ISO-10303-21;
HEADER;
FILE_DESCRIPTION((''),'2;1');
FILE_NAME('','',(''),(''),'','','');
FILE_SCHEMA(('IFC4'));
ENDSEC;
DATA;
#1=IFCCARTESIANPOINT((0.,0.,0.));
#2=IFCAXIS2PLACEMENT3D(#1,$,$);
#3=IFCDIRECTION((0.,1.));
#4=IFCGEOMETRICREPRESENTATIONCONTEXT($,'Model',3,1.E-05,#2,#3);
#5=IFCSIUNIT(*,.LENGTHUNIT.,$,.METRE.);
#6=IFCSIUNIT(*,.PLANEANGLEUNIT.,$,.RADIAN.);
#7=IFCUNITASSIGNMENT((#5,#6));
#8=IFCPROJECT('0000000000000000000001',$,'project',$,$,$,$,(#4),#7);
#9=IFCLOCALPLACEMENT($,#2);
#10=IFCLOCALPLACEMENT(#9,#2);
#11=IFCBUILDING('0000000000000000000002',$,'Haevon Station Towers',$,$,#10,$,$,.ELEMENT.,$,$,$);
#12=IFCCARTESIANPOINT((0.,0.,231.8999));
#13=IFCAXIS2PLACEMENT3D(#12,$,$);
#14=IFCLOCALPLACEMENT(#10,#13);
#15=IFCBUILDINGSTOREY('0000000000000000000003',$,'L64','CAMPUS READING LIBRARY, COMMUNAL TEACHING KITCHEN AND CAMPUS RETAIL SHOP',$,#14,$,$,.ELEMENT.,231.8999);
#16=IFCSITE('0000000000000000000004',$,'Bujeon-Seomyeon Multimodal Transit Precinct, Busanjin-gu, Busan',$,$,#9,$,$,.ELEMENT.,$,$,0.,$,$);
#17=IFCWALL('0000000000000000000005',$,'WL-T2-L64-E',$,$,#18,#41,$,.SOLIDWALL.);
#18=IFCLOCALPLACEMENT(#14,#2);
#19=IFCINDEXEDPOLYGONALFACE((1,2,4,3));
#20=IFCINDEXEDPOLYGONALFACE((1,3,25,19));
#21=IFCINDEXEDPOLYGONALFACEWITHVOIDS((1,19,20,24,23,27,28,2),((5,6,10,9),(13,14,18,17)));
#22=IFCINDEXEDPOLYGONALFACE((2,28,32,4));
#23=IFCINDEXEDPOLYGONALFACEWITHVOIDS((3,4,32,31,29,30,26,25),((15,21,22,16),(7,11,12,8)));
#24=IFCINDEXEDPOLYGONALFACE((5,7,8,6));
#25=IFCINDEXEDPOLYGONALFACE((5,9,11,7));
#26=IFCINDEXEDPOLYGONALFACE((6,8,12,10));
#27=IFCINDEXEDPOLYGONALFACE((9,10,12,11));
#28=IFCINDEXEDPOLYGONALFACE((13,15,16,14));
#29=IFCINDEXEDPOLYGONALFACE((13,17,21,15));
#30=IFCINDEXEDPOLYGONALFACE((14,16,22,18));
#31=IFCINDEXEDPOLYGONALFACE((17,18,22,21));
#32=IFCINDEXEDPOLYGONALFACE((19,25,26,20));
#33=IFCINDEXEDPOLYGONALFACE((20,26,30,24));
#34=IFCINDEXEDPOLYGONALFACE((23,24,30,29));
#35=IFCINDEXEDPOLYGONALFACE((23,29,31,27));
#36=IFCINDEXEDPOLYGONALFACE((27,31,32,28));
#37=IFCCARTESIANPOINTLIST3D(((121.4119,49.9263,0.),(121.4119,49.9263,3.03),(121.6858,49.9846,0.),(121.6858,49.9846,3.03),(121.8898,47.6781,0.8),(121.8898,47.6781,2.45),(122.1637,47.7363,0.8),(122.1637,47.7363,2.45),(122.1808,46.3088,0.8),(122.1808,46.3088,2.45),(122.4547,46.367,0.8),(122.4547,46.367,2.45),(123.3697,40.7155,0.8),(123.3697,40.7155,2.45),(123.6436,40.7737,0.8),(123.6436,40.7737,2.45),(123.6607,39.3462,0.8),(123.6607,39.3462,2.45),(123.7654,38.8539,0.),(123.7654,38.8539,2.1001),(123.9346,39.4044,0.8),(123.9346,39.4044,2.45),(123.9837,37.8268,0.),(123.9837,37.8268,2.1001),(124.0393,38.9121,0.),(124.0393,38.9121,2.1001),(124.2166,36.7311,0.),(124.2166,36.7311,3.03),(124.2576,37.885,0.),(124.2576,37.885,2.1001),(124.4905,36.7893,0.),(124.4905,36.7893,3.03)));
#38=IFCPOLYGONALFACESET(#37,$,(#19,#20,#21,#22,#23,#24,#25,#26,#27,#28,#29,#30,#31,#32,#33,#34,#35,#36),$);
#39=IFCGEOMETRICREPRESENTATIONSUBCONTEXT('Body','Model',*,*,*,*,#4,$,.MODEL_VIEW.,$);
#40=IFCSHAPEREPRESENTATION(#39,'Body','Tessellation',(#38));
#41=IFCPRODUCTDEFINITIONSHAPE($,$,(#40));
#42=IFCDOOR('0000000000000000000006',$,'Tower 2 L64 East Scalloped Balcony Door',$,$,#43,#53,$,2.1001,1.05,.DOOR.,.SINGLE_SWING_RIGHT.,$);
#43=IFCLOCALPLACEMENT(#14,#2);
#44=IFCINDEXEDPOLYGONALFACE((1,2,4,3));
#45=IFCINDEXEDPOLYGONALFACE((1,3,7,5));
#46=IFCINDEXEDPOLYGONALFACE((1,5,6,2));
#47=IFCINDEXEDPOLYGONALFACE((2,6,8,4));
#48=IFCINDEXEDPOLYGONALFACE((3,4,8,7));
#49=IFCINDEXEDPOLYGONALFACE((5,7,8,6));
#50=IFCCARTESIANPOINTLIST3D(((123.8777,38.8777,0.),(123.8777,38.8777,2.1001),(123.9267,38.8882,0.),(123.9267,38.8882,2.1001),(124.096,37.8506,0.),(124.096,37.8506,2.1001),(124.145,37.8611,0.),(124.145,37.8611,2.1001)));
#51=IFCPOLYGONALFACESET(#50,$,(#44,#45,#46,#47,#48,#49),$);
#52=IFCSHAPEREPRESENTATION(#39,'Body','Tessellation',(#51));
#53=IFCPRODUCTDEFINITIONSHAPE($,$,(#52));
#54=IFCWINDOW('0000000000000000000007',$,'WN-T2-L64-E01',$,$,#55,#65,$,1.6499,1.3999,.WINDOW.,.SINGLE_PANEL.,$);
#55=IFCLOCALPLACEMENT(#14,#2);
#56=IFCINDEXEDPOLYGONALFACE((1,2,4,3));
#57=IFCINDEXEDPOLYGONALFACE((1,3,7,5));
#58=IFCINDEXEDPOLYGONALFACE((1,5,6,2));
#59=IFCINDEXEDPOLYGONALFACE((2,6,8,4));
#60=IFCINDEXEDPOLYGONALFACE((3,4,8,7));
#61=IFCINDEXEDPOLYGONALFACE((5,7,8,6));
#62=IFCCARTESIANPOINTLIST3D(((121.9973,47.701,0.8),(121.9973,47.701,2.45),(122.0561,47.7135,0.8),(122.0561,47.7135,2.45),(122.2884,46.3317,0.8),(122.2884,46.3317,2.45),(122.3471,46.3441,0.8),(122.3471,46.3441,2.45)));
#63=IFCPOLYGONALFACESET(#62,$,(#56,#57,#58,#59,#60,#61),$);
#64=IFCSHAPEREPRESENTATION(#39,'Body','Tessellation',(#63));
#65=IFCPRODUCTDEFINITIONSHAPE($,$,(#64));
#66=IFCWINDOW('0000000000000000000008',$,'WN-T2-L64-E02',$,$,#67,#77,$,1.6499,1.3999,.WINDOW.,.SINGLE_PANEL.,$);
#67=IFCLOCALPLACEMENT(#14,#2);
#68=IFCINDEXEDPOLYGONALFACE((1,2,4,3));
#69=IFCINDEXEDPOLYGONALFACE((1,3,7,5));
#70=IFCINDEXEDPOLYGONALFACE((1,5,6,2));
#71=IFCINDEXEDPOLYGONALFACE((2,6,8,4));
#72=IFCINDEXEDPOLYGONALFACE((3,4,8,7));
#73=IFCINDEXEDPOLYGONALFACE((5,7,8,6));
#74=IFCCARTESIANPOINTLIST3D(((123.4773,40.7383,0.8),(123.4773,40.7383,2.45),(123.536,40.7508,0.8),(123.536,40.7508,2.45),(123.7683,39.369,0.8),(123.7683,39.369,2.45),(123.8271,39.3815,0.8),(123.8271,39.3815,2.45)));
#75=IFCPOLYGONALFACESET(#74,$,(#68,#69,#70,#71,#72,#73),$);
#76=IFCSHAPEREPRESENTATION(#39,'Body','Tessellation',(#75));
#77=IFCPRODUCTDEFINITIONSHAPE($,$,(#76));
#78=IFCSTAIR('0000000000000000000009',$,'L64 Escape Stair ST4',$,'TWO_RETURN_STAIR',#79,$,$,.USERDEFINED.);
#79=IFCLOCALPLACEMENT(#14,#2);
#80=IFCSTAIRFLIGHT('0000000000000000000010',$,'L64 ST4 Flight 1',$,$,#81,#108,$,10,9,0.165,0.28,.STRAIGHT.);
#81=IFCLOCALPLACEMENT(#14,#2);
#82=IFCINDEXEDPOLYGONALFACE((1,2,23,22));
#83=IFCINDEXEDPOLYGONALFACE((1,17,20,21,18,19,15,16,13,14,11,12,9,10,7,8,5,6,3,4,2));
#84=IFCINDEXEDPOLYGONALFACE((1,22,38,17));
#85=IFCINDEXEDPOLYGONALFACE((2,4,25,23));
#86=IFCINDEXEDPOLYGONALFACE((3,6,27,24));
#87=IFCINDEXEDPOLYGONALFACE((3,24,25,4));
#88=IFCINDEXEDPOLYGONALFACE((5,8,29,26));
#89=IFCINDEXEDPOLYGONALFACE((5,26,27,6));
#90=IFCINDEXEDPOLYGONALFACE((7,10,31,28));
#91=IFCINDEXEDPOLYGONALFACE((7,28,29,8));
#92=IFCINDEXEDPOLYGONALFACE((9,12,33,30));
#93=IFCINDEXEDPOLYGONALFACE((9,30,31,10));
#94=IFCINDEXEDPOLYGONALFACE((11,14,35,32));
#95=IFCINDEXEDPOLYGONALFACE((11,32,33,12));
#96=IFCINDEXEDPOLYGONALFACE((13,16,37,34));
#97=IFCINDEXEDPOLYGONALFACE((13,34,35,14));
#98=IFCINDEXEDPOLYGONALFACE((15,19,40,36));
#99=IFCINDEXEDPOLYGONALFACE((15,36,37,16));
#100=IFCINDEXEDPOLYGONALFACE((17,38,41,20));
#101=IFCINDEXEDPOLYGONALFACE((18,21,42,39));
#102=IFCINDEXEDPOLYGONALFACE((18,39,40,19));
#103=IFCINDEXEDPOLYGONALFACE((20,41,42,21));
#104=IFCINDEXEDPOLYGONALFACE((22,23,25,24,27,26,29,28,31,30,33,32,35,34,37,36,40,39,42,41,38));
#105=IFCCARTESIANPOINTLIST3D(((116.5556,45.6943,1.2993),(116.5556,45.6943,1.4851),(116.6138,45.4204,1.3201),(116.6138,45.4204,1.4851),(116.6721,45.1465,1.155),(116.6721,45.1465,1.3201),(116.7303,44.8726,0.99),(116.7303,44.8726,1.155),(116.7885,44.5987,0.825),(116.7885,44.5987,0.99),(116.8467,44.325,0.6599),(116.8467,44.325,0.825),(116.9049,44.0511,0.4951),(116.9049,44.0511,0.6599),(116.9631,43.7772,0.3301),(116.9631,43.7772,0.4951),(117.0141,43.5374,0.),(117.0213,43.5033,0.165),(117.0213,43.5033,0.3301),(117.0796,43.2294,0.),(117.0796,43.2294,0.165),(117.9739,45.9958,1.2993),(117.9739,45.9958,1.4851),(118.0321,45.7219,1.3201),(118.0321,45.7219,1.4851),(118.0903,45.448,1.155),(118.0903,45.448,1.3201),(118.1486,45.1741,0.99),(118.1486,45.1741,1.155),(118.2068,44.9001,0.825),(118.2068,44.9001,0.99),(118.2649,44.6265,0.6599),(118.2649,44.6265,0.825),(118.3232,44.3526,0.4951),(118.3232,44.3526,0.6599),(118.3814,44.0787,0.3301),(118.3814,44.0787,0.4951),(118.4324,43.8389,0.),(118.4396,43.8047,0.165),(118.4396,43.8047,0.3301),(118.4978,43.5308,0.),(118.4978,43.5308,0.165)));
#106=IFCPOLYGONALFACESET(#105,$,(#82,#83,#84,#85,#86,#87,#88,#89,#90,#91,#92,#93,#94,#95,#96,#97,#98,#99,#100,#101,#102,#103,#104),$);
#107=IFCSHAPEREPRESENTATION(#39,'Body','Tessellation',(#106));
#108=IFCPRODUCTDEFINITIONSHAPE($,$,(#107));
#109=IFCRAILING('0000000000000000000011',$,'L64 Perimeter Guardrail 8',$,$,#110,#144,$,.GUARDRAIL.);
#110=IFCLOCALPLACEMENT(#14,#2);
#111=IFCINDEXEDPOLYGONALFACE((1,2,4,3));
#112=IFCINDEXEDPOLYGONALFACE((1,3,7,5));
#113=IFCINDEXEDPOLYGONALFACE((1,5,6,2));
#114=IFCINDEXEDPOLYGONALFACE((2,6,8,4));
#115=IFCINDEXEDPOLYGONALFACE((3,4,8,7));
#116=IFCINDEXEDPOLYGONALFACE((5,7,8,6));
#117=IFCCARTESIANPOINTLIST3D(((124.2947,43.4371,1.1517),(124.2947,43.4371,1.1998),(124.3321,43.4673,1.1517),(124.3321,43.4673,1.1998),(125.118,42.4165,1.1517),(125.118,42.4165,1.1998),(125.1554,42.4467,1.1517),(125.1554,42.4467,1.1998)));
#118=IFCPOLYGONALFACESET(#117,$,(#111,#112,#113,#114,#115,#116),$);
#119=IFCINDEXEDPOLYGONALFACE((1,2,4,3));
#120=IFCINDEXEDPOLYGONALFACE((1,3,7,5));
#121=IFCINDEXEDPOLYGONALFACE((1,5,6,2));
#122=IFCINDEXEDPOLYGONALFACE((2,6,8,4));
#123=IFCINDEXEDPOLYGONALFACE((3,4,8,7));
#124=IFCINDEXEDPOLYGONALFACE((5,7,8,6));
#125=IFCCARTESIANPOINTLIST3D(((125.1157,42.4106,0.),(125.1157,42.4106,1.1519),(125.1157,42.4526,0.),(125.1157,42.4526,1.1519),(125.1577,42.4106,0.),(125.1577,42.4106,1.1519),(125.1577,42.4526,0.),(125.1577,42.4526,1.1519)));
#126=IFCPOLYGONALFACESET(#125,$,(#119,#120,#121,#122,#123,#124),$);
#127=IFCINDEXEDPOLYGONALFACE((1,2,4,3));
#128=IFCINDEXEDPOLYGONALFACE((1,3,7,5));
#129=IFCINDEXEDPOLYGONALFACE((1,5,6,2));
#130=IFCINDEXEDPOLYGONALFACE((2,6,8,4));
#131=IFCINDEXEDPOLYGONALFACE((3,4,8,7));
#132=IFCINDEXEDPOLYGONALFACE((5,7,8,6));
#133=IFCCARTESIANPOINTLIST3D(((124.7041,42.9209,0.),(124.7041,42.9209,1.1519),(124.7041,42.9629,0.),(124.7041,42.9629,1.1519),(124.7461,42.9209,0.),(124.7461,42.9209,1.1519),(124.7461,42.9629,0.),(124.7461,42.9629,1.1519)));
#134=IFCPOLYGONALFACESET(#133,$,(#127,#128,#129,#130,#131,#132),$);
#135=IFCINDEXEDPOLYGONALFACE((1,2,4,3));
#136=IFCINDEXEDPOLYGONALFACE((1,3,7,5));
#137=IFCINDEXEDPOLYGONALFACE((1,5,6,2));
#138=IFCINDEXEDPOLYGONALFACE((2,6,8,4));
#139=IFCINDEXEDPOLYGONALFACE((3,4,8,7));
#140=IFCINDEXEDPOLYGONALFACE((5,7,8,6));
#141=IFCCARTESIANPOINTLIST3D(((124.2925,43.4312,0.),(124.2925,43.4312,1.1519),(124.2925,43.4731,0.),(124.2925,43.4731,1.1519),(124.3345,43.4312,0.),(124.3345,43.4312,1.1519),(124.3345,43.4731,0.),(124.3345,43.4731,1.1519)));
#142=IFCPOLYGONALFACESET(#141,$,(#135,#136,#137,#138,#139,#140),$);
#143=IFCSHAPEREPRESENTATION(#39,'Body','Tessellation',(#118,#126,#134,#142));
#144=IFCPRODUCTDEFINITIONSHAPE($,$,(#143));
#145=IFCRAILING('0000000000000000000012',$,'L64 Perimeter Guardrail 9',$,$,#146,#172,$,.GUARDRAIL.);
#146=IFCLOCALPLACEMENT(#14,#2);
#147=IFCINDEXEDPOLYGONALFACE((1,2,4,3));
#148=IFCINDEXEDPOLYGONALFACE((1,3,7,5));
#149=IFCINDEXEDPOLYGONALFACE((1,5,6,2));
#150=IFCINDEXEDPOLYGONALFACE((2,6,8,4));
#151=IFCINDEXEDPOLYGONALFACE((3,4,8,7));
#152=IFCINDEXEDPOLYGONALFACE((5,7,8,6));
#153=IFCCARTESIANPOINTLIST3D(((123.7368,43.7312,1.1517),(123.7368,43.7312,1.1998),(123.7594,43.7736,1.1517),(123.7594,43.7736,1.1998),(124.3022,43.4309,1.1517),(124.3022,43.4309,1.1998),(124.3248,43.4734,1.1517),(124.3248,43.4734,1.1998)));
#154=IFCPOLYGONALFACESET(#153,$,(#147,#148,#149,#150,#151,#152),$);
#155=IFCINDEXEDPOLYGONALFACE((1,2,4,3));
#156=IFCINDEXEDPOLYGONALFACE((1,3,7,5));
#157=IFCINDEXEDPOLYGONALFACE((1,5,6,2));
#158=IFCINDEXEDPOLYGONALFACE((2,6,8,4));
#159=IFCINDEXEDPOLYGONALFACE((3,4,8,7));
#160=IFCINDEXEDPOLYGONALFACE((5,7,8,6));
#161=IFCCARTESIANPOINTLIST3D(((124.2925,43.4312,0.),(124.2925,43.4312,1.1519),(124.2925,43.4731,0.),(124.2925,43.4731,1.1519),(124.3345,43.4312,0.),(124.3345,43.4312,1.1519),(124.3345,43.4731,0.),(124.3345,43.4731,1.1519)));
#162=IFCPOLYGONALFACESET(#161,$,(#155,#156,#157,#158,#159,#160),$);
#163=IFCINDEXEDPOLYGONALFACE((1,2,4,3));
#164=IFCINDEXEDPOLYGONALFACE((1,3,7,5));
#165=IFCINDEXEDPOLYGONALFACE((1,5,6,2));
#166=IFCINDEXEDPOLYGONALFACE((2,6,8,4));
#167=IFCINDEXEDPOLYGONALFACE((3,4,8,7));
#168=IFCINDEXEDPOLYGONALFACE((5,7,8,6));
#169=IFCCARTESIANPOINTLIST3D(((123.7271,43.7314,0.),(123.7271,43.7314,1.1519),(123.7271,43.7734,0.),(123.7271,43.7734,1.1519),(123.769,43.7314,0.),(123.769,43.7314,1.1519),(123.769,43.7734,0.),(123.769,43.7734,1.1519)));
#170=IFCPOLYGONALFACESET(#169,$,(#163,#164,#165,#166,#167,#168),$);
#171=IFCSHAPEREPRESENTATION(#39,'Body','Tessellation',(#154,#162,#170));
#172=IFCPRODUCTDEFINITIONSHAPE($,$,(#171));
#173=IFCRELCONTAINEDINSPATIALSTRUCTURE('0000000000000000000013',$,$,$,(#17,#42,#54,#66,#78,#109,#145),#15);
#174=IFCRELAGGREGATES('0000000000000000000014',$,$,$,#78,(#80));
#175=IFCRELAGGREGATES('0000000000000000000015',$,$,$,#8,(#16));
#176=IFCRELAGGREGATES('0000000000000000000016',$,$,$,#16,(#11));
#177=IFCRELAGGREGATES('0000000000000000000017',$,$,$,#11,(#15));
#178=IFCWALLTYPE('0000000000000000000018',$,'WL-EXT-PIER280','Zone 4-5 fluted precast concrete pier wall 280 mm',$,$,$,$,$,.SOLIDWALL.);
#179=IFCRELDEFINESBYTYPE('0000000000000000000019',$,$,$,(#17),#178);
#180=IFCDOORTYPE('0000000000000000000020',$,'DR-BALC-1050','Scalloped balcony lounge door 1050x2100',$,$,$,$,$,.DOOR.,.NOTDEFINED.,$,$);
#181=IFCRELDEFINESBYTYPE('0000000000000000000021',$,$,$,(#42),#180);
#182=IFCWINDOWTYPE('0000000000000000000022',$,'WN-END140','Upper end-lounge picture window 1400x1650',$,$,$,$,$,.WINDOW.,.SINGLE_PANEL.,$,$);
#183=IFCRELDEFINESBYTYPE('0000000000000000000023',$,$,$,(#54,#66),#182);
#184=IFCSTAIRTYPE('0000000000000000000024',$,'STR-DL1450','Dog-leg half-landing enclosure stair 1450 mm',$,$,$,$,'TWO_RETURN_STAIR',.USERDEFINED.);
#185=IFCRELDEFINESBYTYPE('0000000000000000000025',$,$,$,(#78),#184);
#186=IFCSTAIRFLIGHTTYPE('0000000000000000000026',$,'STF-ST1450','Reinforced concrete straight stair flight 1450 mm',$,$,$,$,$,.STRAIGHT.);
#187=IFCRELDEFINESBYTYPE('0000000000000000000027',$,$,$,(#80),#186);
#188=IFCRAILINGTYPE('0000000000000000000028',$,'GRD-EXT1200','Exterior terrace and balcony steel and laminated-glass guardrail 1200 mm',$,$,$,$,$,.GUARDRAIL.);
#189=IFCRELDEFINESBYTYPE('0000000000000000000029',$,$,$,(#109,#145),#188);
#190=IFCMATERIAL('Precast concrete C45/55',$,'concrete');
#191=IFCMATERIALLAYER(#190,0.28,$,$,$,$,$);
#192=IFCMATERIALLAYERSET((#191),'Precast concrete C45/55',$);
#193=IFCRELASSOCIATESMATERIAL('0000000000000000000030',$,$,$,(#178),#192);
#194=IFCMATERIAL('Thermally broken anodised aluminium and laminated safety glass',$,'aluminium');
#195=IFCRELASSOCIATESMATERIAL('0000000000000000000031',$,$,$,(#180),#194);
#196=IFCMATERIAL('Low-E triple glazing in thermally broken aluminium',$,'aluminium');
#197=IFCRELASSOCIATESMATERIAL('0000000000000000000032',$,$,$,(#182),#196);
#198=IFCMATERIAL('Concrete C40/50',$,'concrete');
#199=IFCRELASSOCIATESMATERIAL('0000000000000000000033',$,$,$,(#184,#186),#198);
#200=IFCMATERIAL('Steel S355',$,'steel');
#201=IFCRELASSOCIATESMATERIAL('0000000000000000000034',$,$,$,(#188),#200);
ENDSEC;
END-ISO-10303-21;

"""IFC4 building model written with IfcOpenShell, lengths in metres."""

from ifc_helpers import new_model, si_unit, direction, frame, frame_2d, origin, origin_2d, place, context, subcontext, project, spatial, polyline, rectangle, outline, extrude, material, layer, layer_set, type_object, element, fill, aggregate, save


model = new_model("IFC4")

# Units and contexts
model_context = context("Model", 3, precision=1e-05, world=origin(), true_north=direction((0.0, 1.0)))
body_context = subcontext(model_context, "Body", "Model", "MODEL_VIEW")
ifc_project = project(units=[si_unit("LENGTHUNIT", "METRE"), si_unit("PLANEANGLEUNIT", "RADIAN")], contexts=[model_context])

# Site, building, storey
site_placement = place(None, origin())
site = spatial("IfcSite", under=ifc_project, at=site_placement, Name="Bujeon-Seomyeon Multimodal Transit Precinct, Busanjin-gu, Busan", CompositionType="ELEMENT", RefElevation=0.0)
building_placement = place(site_placement, origin())
building = spatial("IfcBuilding", under=site, at=building_placement, Name="Haevon Station Towers", CompositionType="ELEMENT")
storey_placement = place(building_placement, frame((0.0, 0.0, 231.8999)))
storey = spatial("IfcBuildingStorey", under=building, at=storey_placement, Name="L64", Description="CAMPUS READING LIBRARY, COMMUNAL TEACHING KITCHEN AND CAMPUS RETAIL SHOP", CompositionType="ELEMENT", Elevation=231.8999)

# Shared definitions
ifc_material_1 = material(Name="Steel S355", Category="steel")

# Shared definitions
ifc_material_2 = material(Name="Precast concrete C45/55", Category="concrete")
ifc_layer_1 = layer(ifc_material_2, 0.28)
ifc_layer_set_1 = layer_set([ifc_layer_1], Name="Precast concrete C45/55")
wall_type = type_object("IfcWallType", Name="WL-EXT-PIER280", Description="Zone 4-5 fluted precast concrete pier wall 280 mm", PredefinedType="SOLIDWALL", material=ifc_layer_set_1)

# Wall, openings, door, windows
wall_1_placement = place(storey_placement, frame((121.5488, 49.9556, 0.0), z_axis=(0.0, 0.0, 1.0), x_axis=(0.207907, -0.978149, 0.0)))
wall_1 = element("IfcWall", 1, at=wall_1_placement, inside=storey, type_object=wall_type, Name="WL-T2-L64-E", PredefinedType="SOLIDWALL", context=body_context, shape_type="SweptSolid", body=[
    extrude(rectangle(XDim=13.49, YDim=0.28, at=frame_2d((6.7451, 0.0))), origin(), (0.0, 0.0, 1.0), 3.03),
])
opening_1_placement = place(wall_1_placement, frame((11.3201, 0.0, 0.0)))
opening_1 = element("IfcOpeningElement", 2, at=opening_1_placement, cuts=wall_1, PredefinedType="OPENING", context=body_context, shape_type="SweptSolid", body=[
    extrude(rectangle(XDim=1.05, YDim=2.1001, at=frame_2d((0.5249, 1.05))), frame((0.0, 0.1499, 0.0), z_axis=(0.0, -1.0, 0.0), x_axis=(1.0, 0.0, 0.0)), (0.0, 0.0, 1.0), 0.3),
])
opening_2_placement = place(wall_1_placement, frame((2.2986, 0.0, 0.8)))
opening_2 = element("IfcOpeningElement", 3, at=opening_2_placement, cuts=wall_1, PredefinedType="OPENING", context=body_context, shape_type="SweptSolid", body=[
    extrude(rectangle(XDim=1.3999, YDim=1.6499, at=frame_2d((0.7, 0.825))), frame((0.0, 0.1499, 0.0), z_axis=(0.0, -1.0, 0.0), x_axis=(1.0, 0.0, 0.0)), (0.0, 0.0, 1.0), 0.3),
])
opening_3_placement = place(wall_1_placement, frame((9.4167, 0.0, 0.8)))
opening_3 = element("IfcOpeningElement", 4, at=opening_3_placement, cuts=wall_1, PredefinedType="OPENING", context=body_context, shape_type="SweptSolid", body=[
    extrude(rectangle(XDim=1.3999, YDim=1.6499, at=frame_2d((0.7, 0.825))), frame((0.0, 0.1499, 0.0), z_axis=(0.0, -1.0, 0.0), x_axis=(1.0, 0.0, 0.0)), (0.0, 0.0, 1.0), 0.3),
])
ifc_material_3 = material(Name="Thermally broken anodised aluminium and laminated safety glass", Category="aluminium")
door_type = type_object("IfcDoorType", Name="DR-BALC-1050", Description="Scalloped balcony lounge door 1050x2100", OperationType="NOTDEFINED", PredefinedType="DOOR", material=ifc_material_3)
door_placement = place(opening_1_placement, origin())
door = element("IfcDoor", 5, at=door_placement, inside=storey, type_object=door_type, Name="Tower 2 L64 East Scalloped Balcony Door", OperationType="SINGLE_SWING_RIGHT", OverallHeight=2.1001, OverallWidth=1.05, PredefinedType="DOOR", context=body_context, shape_type="SweptSolid", body=[
    extrude(rectangle(XDim=1.05, YDim=2.1001, at=frame_2d((0.5249, 1.05))), frame((0.0, 0.0249, 0.0), z_axis=(0.0, -1.0, 0.0), x_axis=(1.0, 0.0, 0.0)), (0.0, 0.0, 1.0), 0.05),
])
fill(opening_1, door)
ifc_material_4 = material(Name="Low-E triple glazing in thermally broken aluminium", Category="aluminium")
window_type = type_object("IfcWindowType", Name="WN-END140", Description="Upper end-lounge picture window 1400x1650", PartitioningType="SINGLE_PANEL", PredefinedType="WINDOW", material=ifc_material_4)
window_1_placement = place(opening_2_placement, origin())
window_1 = element("IfcWindow", 6, at=window_1_placement, inside=storey, type_object=window_type, Name="WN-T2-L64-E01", OverallHeight=1.6499, OverallWidth=1.3999, PartitioningType="SINGLE_PANEL", PredefinedType="WINDOW", context=body_context, shape_type="SweptSolid", body=[
    extrude(rectangle(XDim=1.3999, YDim=1.6499, at=frame_2d((0.7, 0.825))), frame((0.0, 0.03, 0.0), z_axis=(0.0, -1.0, 0.0), x_axis=(1.0, 0.0, 0.0)), (0.0, 0.0, 1.0), 0.0601),
])
fill(opening_2, window_1)
window_2_placement = place(opening_3_placement, origin())
window_2 = element("IfcWindow", 7, at=window_2_placement, inside=storey, type_object=window_type, Name="WN-T2-L64-E02", OverallHeight=1.6499, OverallWidth=1.3999, PartitioningType="SINGLE_PANEL", PredefinedType="WINDOW", context=body_context, shape_type="SweptSolid", body=[
    extrude(rectangle(XDim=1.3999, YDim=1.6499, at=frame_2d((0.7, 0.825))), frame((0.0, 0.03, 0.0), z_axis=(0.0, -1.0, 0.0), x_axis=(1.0, 0.0, 0.0)), (0.0, 0.0, 1.0), 0.0601),
])
fill(opening_3, window_2)

# Stair, stair flight
ifc_material_5 = material(Name="Concrete C40/50", Category="concrete")
stair_type = type_object("IfcStairType", Name="STR-DL1450", Description="Dog-leg half-landing enclosure stair 1450 mm", ElementType="TWO_RETURN_STAIR", PredefinedType="USERDEFINED", material=ifc_material_5)
stair_placement = place(storey_placement, origin())
stair = element("IfcStair", 8, at=stair_placement, inside=storey, type_object=stair_type, Name="L64 Escape Stair ST4", ObjectType="TWO_RETURN_STAIR", PredefinedType="USERDEFINED")
stair_flight_type = type_object("IfcStairFlightType", Name="STF-ST1450", Description="Reinforced concrete straight stair flight 1450 mm", PredefinedType="STRAIGHT", material=ifc_material_5)
stair_flight_placement = place(storey_placement, frame((117.7888, 43.3801, 0.0), z_axis=(0.0, 0.0, 1.0), x_axis=(-0.207912, 0.978148, 0.0)))
stair_flight = element("IfcStairFlight", 9, at=stair_flight_placement, type_object=stair_flight_type, Name="L64 ST4 Flight 1", NumberOfRisers=10, NumberOfTreads=9, PredefinedType="STRAIGHT", RiserHeight=0.165, TreadLength=0.28, context=body_context, shape_type="SweptSolid", body=[
    extrude(outline(polyline([(0.0, 0.0), (0.0, 0.165), (0.28, 0.165), (0.28, 0.3301), (0.5601, 0.3301), (0.5601, 0.4951), (0.8401, 0.4951), (0.8401, 0.6599), (1.1201, 0.6599), (1.1201, 0.825), (1.3999, 0.825), (1.3999, 0.99), (1.6799, 0.99), (1.6799, 1.155), (1.96, 1.155), (1.96, 1.3201), (2.24, 1.3201), (2.24, 1.4851), (2.52, 1.4851), (2.52, 1.6499), (2.52, 1.2993), (0.3149, 0.0), (0.0, 0.0)])), frame((0.0, 0.7251, 0.0), z_axis=(0.0, -1.0, 0.0), x_axis=(1.0, 0.0, 0.0)), (0.0, 0.0, 1.0), 1.45),
])
aggregate(stair, [stair_flight])

# Railings
railing_type_1 = type_object("IfcRailingType", Name="GRD-EXT1200", Description="Exterior terrace and balcony steel and laminated-glass guardrail 1200 mm", PredefinedType="GUARDRAIL", material=ifc_material_1)
railing_1_placement = place(storey_placement, frame((125.1367, 42.4316, 0.0)))
element("IfcRailing", 10, at=railing_1_placement, inside=storey, type_object=railing_type_1, Name="L64 Perimeter Guardrail 8", PredefinedType="GUARDRAIL", context=body_context, shape_type="SweptSolid", body=[
    extrude(rectangle(XDim=0.0481, YDim=0.0481, at=origin_2d()), frame((0.0, 0.0, 1.1758), z_axis=(-0.627869, 0.778319, 0.0), x_axis=(-0.778319, -0.627869, 0.0)), (0.0, 0.0, 1.0), 1.3113),
    extrude(rectangle(XDim=0.042, YDim=0.042, at=origin_2d()), origin(), (0.0, 0.0, 1.0), 1.1519),
    extrude(rectangle(XDim=0.042, YDim=0.042, at=origin_2d()), frame((-0.4116, 0.5103, 0.0)), (0.0, 0.0, 1.0), 1.1519),
    extrude(rectangle(XDim=0.042, YDim=0.042, at=origin_2d()), frame((-0.8232, 1.0205, 0.0)), (0.0, 0.0, 1.0), 1.1519),
])
railing_2_placement = place(storey_placement, frame((124.3135, 43.4521, 0.0)))
element("IfcRailing", 11, at=railing_2_placement, inside=storey, type_object=railing_type_1, Name="L64 Perimeter Guardrail 9", PredefinedType="GUARDRAIL", context=body_context, shape_type="SweptSolid", body=[
    extrude(rectangle(XDim=0.0481, YDim=0.0481, at=origin_2d()), frame((0.0, 0.0, 1.1758), z_axis=(-0.883175, 0.469044, 0.0), x_axis=(-0.469044, -0.883175, 0.0)), (0.0, 0.0, 1.0), 0.6401),
    extrude(rectangle(XDim=0.042, YDim=0.042, at=origin_2d()), origin(), (0.0, 0.0, 1.0), 1.1519),
    extrude(rectangle(XDim=0.042, YDim=0.042, at=origin_2d()), frame((-0.5654, 0.3003, 0.0)), (0.0, 0.0, 1.0), 1.1519),
])

save(model, "model.ifc")
